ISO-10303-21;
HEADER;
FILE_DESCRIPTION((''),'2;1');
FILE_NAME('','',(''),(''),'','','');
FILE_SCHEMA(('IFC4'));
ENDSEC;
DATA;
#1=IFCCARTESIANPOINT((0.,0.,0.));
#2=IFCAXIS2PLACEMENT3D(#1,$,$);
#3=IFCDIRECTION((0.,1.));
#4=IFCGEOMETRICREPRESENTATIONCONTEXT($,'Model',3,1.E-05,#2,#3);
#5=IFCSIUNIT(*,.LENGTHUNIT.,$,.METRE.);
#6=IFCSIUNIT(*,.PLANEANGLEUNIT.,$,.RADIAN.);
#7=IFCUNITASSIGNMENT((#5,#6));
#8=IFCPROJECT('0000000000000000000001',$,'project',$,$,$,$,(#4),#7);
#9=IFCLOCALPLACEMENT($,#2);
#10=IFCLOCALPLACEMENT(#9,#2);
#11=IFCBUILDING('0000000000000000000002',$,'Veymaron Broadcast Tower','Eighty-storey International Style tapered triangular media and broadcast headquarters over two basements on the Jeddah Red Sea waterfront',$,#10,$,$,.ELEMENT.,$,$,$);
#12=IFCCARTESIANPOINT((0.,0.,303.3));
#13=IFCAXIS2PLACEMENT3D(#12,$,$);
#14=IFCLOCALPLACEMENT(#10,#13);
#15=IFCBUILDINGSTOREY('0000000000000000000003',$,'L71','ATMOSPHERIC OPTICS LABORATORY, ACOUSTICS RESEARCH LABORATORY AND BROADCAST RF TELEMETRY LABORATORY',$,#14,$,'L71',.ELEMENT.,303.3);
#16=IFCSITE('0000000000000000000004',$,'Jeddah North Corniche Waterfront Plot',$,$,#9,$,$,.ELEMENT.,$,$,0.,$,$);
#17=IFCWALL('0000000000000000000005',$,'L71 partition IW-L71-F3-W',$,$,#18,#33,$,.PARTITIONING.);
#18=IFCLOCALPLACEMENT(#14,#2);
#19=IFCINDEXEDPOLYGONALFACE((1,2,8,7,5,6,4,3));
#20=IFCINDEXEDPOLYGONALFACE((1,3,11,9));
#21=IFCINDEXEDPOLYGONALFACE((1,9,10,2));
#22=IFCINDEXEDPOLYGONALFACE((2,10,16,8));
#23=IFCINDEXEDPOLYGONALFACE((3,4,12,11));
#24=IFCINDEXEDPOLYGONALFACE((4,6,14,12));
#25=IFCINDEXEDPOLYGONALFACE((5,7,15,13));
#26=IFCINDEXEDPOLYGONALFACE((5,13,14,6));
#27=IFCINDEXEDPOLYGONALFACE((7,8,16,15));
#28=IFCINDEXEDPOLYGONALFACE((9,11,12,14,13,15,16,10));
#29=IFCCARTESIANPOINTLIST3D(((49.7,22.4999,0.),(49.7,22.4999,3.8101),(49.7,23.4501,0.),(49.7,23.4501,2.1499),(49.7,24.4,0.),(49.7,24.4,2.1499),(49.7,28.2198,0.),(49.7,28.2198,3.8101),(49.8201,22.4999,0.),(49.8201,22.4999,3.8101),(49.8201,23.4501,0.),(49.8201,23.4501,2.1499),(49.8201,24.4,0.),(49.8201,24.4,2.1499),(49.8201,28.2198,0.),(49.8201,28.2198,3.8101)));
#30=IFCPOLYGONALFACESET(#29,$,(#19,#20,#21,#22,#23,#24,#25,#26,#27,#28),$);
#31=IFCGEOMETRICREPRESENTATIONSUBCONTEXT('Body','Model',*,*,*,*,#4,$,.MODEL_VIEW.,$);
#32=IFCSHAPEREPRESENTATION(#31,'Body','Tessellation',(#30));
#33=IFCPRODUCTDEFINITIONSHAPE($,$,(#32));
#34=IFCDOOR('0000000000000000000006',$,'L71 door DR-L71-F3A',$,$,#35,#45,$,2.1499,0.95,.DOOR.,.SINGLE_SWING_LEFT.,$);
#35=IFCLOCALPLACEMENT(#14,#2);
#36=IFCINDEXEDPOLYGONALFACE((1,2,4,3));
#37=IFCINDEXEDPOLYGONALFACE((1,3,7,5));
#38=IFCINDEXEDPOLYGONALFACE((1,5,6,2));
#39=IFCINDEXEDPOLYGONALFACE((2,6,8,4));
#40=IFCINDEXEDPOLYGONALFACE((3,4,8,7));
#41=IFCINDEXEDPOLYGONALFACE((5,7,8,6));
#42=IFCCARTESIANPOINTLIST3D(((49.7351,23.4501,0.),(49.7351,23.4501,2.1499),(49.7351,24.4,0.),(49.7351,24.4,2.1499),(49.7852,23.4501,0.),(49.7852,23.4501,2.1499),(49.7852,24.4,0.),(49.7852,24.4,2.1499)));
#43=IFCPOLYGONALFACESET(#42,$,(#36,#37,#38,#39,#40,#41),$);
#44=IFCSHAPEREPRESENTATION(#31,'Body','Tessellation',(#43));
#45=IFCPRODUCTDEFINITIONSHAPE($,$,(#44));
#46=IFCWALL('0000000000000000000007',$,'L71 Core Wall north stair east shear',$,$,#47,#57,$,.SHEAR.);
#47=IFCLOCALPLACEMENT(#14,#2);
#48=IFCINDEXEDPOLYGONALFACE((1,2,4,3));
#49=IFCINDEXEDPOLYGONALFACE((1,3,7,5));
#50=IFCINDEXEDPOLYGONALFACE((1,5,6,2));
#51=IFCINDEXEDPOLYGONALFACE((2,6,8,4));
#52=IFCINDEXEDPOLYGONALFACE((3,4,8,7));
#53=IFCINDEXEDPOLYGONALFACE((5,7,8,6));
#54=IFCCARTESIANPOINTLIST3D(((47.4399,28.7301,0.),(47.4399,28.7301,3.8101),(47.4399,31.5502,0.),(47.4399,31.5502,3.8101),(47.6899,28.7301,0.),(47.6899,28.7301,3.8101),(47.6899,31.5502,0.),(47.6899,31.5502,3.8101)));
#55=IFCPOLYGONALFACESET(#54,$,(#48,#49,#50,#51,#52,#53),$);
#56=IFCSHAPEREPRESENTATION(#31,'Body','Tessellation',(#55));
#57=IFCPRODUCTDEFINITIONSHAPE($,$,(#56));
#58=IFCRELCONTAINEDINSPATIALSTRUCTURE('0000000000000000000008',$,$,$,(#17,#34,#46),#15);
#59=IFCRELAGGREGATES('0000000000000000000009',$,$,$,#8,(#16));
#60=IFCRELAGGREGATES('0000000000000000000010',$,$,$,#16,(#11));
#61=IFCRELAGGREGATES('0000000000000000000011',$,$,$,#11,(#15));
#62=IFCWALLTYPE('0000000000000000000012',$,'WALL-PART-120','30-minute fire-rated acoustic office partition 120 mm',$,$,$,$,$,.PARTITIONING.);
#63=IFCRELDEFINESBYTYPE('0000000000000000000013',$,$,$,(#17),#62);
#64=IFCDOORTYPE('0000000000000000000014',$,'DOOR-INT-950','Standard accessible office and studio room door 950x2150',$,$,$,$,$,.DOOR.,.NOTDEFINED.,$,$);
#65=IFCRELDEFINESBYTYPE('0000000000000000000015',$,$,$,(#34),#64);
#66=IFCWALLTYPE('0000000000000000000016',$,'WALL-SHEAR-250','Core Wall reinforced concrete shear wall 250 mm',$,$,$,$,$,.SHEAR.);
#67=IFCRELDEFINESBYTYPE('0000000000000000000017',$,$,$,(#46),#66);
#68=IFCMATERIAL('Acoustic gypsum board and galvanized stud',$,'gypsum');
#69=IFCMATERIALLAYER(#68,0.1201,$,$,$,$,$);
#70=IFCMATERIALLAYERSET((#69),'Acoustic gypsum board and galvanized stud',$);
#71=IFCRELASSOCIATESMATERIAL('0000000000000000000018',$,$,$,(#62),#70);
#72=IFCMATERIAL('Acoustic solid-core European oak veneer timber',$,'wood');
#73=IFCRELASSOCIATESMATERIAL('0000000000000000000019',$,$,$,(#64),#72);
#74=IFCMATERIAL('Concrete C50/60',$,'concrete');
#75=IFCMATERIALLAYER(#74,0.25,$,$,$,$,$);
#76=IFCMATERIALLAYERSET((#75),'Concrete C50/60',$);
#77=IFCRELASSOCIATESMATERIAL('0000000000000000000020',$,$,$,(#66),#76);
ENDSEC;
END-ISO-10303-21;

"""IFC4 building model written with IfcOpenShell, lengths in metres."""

from ifc_helpers import new_model, si_unit, direction, frame, frame_2d, origin, place, context, subcontext, project, spatial, rectangle, extrude, material, layer, layer_set, type_object, element, fill, save


model = new_model("IFC4")

# Units and contexts
model_context = context("Model", 3, precision=1e-05, world=origin(), true_north=direction((0.0, 1.0)))
body_context = subcontext(model_context, "Body", "Model", "MODEL_VIEW")
ifc_project = project(units=[si_unit("LENGTHUNIT", "METRE"), si_unit("PLANEANGLEUNIT", "RADIAN")], contexts=[model_context])

# Site, building, storey
site_placement = place(None, origin())
site = spatial("IfcSite", under=ifc_project, at=site_placement, Name="Jeddah North Corniche Waterfront Plot", CompositionType="ELEMENT", RefElevation=0.0)
building_placement = place(site_placement, origin())
building = spatial("IfcBuilding", under=site, at=building_placement, Name="Veymaron Broadcast Tower", Description="Eighty-storey International Style tapered triangular media and broadcast headquarters over two basements on the Jeddah Red Sea waterfront", CompositionType="ELEMENT")
storey_placement = place(building_placement, frame((0.0, 0.0, 303.3)))
storey = spatial("IfcBuildingStorey", under=building, at=storey_placement, Name="L71", Description="ATMOSPHERIC OPTICS LABORATORY, ACOUSTICS RESEARCH LABORATORY AND BROADCAST RF TELEMETRY LABORATORY", LongName="L71", CompositionType="ELEMENT", Elevation=303.3)

# Wall, opening, door
ifc_material_1 = material(Name="Acoustic gypsum board and galvanized stud", Category="gypsum")
ifc_layer_1 = layer(ifc_material_1, 0.1201)
ifc_layer_set_1 = layer_set([ifc_layer_1], Name="Acoustic gypsum board and galvanized stud")
wall_type_1 = type_object("IfcWallType", Name="WALL-PART-120", Description="30-minute fire-rated acoustic office partition 120 mm", PredefinedType="PARTITIONING", material=ifc_layer_set_1)
wall_1_placement = place(storey_placement, frame((49.76, 22.5, 0.0), z_axis=(0.0, 0.0, 1.0), x_axis=(0.0, 1.0, 0.0)))
wall_1 = element("IfcWall", 1, at=wall_1_placement, inside=storey, type_object=wall_type_1, Name="L71 partition IW-L71-F3-W", PredefinedType="PARTITIONING", context=body_context, shape_type="SweptSolid", body=[
    extrude(rectangle(XDim=5.72, YDim=0.1201, at=frame_2d((2.8599, 0.0))), origin(), (0.0, 0.0, 1.0), 3.8101),
])
opening_1_placement = place(wall_1_placement, frame((0.95, 0.0, 0.0)))
opening_1 = element("IfcOpeningElement", 2, at=opening_1_placement, cuts=wall_1, PredefinedType="OPENING", context=body_context, shape_type="SweptSolid", body=[
    extrude(rectangle(XDim=0.95, YDim=2.1499, at=frame_2d((0.4751, 1.075))), frame((0.0, 0.0701, 0.0), z_axis=(0.0, -1.0, 0.0), x_axis=(1.0, 0.0, 0.0)), (0.0, 0.0, 1.0), 0.1401),
])
ifc_material_2 = material(Name="Acoustic solid-core European oak veneer timber", Category="wood")
door_type_1 = type_object("IfcDoorType", Name="DOOR-INT-950", Description="Standard accessible office and studio room door 950x2150", OperationType="NOTDEFINED", PredefinedType="DOOR", material=ifc_material_2)
door_1_placement = place(opening_1_placement, origin())
door_1 = element("IfcDoor", 3, at=door_1_placement, inside=storey, type_object=door_type_1, Name="L71 door DR-L71-F3A", OperationType="SINGLE_SWING_LEFT", OverallHeight=2.1499, OverallWidth=0.95, PredefinedType="DOOR", context=body_context, shape_type="SweptSolid", body=[
    extrude(rectangle(XDim=0.95, YDim=2.1499, at=frame_2d((0.4751, 1.075))), frame((0.0, 0.0249, 0.0), z_axis=(0.0, -1.0, 0.0), x_axis=(1.0, 0.0, 0.0)), (0.0, 0.0, 1.0), 0.05),
])
fill(opening_1, door_1)

# Wall
ifc_material_3 = material(Name="Concrete C50/60", Category="concrete")
ifc_layer_2 = layer(ifc_material_3, 0.25)
ifc_layer_set_2 = layer_set([ifc_layer_2], Name="Concrete C50/60")
wall_type_2 = type_object("IfcWallType", Name="WALL-SHEAR-250", Description="Core Wall reinforced concrete shear wall 250 mm", PredefinedType="SHEAR", material=ifc_layer_set_2)
wall_2_placement = place(storey_placement, frame((47.5649, 28.73, 0.0), z_axis=(0.0, 0.0, 1.0), x_axis=(0.0, 1.0, 0.0)))
element("IfcWall", 4, at=wall_2_placement, inside=storey, type_object=wall_type_2, Name="L71 Core Wall north stair east shear", PredefinedType="SHEAR", context=body_context, shape_type="SweptSolid", body=[
    extrude(rectangle(XDim=2.8201, YDim=0.25, at=frame_2d((1.4102, 0.0))), origin(), (0.0, 0.0, 1.0), 3.8101),
])

save(model, "model.ifc")
